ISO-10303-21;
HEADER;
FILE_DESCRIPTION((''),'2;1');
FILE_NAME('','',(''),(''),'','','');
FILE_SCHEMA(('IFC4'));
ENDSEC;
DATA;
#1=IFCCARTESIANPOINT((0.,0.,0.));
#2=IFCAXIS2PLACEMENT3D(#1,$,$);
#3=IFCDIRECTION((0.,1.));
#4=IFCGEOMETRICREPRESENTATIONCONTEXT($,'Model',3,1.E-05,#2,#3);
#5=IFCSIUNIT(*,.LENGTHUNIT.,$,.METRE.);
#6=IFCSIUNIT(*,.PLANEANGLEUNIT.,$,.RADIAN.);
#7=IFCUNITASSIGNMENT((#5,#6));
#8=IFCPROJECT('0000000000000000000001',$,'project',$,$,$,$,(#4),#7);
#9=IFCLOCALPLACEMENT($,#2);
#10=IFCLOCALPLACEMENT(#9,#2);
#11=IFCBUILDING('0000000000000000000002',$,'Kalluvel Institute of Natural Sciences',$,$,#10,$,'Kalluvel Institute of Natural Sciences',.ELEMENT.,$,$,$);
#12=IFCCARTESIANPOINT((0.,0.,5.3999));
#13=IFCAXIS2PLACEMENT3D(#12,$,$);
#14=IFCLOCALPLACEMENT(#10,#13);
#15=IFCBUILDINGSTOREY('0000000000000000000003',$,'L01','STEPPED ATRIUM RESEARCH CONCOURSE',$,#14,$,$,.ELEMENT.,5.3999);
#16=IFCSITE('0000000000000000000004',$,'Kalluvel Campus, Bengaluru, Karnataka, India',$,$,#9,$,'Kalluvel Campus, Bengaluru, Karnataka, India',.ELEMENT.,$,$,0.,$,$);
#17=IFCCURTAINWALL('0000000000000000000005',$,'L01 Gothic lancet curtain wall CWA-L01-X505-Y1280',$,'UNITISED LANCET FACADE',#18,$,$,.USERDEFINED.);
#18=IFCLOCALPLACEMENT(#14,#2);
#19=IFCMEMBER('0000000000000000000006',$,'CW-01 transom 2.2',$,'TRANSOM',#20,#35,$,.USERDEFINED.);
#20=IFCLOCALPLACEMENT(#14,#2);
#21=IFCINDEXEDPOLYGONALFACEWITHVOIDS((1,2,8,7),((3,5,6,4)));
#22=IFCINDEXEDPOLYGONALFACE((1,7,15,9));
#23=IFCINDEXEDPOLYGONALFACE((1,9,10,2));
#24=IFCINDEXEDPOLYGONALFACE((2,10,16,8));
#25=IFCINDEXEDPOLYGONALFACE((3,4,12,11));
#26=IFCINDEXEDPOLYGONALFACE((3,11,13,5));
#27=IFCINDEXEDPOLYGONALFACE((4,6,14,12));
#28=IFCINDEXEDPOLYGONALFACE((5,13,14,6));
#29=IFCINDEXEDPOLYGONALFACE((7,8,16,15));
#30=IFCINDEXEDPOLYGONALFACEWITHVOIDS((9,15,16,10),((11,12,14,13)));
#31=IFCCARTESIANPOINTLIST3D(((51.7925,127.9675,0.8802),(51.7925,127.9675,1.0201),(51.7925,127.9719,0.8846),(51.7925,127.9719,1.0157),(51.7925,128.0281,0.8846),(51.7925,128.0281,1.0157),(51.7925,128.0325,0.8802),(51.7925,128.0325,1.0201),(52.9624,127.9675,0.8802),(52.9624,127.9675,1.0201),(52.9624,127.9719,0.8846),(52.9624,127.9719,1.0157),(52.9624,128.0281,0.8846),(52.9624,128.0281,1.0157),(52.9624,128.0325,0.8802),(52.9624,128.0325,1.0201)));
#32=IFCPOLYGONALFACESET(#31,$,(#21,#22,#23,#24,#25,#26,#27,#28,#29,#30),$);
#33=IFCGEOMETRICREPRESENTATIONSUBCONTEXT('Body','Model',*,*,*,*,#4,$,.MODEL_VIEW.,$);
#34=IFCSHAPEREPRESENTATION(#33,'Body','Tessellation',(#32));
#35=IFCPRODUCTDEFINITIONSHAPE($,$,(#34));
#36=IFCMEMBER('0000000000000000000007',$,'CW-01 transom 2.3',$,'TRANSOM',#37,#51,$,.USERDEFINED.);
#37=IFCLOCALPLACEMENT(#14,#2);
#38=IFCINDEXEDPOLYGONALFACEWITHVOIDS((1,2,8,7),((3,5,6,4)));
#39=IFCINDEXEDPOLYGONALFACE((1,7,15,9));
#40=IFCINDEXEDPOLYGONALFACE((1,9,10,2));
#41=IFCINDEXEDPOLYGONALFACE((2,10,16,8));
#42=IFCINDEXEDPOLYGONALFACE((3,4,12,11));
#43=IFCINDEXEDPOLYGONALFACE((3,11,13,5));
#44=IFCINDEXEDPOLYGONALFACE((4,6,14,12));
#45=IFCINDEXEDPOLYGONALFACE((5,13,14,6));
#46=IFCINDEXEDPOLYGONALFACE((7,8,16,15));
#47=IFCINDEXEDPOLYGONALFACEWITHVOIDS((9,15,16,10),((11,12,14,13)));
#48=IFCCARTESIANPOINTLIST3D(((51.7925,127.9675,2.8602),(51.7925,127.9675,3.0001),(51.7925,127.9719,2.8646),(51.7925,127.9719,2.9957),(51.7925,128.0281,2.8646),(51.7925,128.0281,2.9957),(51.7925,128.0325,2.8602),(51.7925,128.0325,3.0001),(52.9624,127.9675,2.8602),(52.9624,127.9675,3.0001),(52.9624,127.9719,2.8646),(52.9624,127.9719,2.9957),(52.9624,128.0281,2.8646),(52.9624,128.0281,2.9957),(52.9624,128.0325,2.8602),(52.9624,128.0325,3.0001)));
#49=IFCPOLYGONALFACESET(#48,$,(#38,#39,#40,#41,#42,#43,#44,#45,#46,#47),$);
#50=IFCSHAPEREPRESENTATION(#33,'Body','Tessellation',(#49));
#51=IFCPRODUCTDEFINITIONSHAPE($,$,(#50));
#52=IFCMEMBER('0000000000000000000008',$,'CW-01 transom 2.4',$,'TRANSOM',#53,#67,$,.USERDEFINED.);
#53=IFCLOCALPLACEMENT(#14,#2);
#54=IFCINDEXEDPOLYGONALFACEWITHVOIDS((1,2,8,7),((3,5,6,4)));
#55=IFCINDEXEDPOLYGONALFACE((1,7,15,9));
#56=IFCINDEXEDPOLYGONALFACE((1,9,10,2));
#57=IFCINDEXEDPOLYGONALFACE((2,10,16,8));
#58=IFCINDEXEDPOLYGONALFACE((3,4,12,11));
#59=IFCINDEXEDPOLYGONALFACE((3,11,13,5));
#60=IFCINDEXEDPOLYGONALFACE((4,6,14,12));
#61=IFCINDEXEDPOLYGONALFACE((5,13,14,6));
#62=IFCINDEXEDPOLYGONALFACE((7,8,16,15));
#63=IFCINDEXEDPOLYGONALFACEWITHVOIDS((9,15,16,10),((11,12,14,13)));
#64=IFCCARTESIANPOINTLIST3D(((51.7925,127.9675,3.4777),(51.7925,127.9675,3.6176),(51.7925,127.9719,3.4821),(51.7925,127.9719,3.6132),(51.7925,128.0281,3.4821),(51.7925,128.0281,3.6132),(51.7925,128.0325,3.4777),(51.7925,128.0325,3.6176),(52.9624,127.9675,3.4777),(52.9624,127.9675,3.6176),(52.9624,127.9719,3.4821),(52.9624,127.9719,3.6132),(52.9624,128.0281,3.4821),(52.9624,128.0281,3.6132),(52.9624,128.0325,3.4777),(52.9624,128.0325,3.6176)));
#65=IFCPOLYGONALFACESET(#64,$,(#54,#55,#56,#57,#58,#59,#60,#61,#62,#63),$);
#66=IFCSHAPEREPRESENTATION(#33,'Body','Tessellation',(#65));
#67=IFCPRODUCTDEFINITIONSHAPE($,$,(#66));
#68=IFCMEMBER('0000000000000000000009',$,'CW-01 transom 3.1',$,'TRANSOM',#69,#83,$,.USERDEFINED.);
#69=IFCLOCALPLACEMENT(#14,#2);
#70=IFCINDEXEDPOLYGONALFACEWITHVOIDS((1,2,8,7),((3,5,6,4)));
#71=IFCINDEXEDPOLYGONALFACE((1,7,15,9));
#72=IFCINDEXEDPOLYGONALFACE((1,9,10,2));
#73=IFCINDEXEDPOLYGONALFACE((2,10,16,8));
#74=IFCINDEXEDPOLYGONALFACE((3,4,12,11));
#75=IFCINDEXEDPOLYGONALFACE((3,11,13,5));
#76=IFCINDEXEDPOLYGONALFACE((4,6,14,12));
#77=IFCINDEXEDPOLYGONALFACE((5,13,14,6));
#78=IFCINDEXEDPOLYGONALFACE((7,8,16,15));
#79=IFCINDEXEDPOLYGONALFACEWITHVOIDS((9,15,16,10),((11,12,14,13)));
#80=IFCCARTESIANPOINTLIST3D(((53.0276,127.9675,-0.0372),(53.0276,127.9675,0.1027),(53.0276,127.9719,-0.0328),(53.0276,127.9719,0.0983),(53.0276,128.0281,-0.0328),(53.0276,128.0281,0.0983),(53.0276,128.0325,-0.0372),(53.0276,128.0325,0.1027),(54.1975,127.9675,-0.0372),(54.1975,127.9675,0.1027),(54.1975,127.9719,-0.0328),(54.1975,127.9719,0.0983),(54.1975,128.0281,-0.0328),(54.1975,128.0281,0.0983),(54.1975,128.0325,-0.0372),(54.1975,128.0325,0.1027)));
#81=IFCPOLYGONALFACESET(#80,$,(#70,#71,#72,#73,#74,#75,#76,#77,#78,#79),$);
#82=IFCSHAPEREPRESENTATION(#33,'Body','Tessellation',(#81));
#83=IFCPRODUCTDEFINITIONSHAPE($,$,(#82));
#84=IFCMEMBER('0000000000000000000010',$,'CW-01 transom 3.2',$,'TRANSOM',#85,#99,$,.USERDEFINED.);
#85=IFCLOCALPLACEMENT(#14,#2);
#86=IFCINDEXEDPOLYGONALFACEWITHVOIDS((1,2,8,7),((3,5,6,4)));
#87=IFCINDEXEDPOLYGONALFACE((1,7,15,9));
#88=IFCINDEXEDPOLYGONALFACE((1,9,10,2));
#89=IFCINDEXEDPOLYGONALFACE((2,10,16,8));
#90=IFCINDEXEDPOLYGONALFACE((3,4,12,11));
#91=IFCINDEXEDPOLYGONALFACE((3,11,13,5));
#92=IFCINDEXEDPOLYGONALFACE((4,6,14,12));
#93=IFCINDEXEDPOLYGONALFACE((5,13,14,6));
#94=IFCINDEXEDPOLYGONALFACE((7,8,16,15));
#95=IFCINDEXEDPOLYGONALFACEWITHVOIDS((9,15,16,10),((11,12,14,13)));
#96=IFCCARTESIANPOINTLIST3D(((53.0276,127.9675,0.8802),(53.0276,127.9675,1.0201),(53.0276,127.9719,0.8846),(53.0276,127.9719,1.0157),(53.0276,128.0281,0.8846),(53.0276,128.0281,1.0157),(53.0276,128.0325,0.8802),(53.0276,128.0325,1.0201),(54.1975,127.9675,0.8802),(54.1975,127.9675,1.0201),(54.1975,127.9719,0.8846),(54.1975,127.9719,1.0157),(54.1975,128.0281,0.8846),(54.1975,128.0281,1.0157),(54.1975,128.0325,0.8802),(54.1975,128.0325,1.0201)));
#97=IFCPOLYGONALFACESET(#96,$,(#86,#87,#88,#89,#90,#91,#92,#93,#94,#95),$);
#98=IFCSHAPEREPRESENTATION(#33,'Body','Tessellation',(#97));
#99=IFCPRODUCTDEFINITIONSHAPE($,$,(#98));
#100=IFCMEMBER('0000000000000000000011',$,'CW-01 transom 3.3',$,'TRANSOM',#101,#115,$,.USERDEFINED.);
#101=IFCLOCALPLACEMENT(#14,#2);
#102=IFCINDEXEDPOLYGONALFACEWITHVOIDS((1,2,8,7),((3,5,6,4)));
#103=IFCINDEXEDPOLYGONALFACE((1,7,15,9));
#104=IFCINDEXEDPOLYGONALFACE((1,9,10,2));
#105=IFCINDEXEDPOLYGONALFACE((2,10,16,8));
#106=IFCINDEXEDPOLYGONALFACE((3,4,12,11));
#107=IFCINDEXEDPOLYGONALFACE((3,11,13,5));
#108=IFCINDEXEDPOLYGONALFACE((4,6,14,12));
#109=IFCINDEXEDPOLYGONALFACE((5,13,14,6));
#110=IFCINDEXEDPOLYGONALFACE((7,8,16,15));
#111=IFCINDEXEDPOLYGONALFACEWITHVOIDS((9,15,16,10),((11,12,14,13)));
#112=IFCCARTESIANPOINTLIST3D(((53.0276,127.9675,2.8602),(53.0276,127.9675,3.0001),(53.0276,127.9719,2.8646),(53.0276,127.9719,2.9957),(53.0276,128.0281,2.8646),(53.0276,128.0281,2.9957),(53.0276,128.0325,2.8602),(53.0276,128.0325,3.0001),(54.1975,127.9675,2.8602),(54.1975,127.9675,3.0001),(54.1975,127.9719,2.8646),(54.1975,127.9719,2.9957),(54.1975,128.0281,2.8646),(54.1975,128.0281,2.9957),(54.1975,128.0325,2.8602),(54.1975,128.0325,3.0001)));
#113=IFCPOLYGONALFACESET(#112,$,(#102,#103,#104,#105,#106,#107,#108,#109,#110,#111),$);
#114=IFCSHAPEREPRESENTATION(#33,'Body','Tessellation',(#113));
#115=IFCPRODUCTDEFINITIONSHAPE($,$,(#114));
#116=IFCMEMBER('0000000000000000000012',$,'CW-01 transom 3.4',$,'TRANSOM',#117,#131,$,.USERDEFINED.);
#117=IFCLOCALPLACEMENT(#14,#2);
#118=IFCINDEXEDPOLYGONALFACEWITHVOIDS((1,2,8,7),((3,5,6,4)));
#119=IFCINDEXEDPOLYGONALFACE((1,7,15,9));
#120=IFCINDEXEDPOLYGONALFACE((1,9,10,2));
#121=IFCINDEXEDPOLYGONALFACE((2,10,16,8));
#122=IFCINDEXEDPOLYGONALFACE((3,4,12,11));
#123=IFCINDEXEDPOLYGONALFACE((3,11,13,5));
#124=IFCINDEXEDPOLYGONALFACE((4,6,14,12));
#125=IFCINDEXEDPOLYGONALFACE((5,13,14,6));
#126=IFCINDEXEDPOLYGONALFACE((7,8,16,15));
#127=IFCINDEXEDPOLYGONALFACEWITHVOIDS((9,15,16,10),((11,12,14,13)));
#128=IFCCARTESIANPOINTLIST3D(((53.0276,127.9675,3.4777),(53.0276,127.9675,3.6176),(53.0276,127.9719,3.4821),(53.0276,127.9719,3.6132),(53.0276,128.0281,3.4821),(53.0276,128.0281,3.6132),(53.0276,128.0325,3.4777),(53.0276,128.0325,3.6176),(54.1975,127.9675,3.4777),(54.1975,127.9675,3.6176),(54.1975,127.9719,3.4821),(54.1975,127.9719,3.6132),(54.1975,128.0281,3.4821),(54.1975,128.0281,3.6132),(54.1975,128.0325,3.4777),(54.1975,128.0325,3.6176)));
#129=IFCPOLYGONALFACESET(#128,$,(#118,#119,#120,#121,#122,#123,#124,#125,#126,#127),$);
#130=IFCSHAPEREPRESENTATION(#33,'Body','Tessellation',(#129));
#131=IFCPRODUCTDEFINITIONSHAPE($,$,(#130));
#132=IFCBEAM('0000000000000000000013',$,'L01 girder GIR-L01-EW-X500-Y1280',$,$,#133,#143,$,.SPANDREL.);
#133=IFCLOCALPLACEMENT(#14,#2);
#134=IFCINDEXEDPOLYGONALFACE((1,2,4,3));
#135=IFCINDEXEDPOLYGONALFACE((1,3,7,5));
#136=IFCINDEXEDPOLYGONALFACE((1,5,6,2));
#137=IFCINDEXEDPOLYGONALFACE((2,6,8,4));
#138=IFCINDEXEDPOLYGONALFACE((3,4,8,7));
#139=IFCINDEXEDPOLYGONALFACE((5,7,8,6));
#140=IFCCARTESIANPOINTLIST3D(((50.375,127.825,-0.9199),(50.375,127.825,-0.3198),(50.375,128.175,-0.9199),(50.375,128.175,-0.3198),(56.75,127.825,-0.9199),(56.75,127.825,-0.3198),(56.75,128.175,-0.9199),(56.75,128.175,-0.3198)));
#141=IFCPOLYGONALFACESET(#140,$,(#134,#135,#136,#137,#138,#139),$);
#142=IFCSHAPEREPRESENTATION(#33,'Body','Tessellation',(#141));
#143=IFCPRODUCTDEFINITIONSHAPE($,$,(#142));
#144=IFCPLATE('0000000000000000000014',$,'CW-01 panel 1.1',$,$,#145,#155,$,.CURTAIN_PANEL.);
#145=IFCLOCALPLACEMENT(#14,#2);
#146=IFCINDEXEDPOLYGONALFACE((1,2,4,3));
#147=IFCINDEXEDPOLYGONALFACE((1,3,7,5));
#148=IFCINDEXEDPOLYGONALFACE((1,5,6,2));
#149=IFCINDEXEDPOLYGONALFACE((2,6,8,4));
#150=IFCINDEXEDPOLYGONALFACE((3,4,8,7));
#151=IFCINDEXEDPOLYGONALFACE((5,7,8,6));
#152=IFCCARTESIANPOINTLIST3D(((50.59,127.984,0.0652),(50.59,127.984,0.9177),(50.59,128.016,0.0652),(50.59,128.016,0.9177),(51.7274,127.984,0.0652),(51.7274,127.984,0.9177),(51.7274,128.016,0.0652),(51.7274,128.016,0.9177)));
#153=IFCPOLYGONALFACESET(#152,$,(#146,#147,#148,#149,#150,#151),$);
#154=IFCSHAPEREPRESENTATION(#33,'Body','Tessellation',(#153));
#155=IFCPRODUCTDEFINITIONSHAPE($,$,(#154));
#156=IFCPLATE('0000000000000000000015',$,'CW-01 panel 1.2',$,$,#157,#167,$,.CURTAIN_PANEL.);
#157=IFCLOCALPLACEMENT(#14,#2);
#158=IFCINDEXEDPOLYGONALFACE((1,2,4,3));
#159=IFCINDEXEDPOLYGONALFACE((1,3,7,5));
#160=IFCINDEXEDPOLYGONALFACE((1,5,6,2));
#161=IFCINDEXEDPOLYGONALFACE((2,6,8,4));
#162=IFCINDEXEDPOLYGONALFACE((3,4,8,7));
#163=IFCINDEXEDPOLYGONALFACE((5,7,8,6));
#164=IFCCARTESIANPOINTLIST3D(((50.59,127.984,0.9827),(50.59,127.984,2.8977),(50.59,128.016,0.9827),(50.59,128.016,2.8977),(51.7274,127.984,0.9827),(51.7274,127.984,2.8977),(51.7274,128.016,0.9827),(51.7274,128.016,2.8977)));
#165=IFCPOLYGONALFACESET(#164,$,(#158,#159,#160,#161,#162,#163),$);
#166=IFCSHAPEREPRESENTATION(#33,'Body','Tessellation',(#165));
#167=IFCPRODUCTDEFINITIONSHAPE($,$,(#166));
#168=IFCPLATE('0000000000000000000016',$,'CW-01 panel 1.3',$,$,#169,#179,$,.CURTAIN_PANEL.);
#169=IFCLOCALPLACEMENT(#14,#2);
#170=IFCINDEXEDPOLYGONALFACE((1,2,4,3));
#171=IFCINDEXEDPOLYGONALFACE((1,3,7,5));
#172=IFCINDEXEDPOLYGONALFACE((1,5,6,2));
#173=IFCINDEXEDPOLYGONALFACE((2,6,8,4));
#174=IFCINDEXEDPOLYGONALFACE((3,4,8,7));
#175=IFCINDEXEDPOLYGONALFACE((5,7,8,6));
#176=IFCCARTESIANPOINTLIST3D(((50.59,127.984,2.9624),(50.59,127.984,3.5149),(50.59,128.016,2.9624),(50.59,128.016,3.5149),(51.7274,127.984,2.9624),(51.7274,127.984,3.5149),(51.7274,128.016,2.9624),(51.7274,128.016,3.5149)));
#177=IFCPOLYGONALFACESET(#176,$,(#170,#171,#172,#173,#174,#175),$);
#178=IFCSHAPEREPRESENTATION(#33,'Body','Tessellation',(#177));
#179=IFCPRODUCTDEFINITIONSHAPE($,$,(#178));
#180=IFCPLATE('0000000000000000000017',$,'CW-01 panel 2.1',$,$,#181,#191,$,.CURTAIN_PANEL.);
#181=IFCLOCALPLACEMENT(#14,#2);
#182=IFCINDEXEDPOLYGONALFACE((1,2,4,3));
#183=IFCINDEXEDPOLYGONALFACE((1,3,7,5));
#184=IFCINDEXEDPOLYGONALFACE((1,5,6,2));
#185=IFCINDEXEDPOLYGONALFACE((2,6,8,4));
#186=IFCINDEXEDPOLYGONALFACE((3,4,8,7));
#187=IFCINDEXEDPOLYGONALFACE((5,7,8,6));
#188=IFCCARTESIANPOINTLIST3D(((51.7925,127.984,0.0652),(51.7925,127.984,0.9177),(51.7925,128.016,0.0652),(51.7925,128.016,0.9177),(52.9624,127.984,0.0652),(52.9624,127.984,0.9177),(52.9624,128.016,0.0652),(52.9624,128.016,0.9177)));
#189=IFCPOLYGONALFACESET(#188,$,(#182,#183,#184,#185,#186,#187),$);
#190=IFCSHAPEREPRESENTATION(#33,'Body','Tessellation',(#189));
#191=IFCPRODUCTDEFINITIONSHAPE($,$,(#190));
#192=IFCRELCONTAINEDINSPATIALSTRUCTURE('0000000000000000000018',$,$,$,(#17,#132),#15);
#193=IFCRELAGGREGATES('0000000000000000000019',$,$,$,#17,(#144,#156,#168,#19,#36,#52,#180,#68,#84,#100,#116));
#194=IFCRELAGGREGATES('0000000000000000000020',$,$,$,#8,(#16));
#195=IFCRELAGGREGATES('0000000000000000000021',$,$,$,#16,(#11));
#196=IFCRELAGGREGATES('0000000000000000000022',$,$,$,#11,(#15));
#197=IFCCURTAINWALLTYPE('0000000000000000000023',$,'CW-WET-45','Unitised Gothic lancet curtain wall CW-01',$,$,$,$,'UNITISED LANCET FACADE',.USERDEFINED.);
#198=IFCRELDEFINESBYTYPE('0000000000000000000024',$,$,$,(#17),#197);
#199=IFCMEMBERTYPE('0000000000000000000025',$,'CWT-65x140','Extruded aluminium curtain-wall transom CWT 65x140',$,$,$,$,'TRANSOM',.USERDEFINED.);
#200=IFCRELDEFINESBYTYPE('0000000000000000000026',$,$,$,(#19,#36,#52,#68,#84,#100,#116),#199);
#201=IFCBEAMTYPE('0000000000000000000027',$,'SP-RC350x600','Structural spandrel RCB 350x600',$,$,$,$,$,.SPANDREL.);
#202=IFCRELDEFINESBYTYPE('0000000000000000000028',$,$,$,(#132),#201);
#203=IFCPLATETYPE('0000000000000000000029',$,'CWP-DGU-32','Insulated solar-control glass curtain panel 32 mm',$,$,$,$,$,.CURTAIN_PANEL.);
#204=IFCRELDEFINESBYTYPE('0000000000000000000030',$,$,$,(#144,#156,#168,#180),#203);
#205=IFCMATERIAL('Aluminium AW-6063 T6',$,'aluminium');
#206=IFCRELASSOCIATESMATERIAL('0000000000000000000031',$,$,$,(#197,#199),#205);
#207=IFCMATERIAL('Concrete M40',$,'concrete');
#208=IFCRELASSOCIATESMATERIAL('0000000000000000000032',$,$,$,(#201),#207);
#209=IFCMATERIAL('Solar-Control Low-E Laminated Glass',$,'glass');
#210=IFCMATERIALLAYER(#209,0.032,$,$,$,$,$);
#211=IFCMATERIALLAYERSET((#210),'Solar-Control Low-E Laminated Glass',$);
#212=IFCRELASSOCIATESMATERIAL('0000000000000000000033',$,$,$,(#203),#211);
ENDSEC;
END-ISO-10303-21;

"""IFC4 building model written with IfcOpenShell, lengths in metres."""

from ifc_helpers import new_model, si_unit, direction, frame, origin, origin_2d, place, context, subcontext, project, spatial, rectangle, hollow_rectangle, extrude, material, layer, layer_set, material_profile, profile_set, type_object, element, aggregate, save


model = new_model("IFC4")

# Units and contexts
model_context = context("Model", 3, precision=1e-05, world=origin(), true_north=direction((0.0, 1.0)))
body_context = subcontext(model_context, "Body", "Model", "MODEL_VIEW")
ifc_project = project(units=[si_unit("LENGTHUNIT", "METRE"), si_unit("PLANEANGLEUNIT", "RADIAN")], contexts=[model_context])

# Site, building, storey
site_placement = place(None, origin())
site = spatial("IfcSite", under=ifc_project, at=site_placement, Name="Kalluvel Campus, Bengaluru, Karnataka, India", LongName="Kalluvel Campus, Bengaluru, Karnataka, India", CompositionType="ELEMENT", RefElevation=0.0)
building_placement = place(site_placement, origin())
building = spatial("IfcBuilding", under=site, at=building_placement, Name="Kalluvel Institute of Natural Sciences", LongName="Kalluvel Institute of Natural Sciences", CompositionType="ELEMENT")
storey_placement = place(building_placement, frame((0.0, 0.0, 5.3999)))
storey = spatial("IfcBuildingStorey", under=building, at=storey_placement, Name="L01", Description="STEPPED ATRIUM RESEARCH CONCOURSE", CompositionType="ELEMENT", Elevation=5.3999)

# Shared definitions
ifc_material_1 = material(Name="Aluminium AW-6063 T6", Category="aluminium")
curtain_wall_type = type_object("IfcCurtainWallType", Name="CW-WET-45", Description="Unitised Gothic lancet curtain wall CW-01", ElementType="UNITISED LANCET FACADE", PredefinedType="USERDEFINED", material=ifc_material_1)

# Curtain wall, members
curtain_wall_1_placement = place(storey_placement, origin())
curtain_wall_1 = element("IfcCurtainWall", 1, at=curtain_wall_1_placement, inside=storey, type_object=curtain_wall_type, Name="L01 Gothic lancet curtain wall CWA-L01-X505-Y1280", ObjectType="UNITISED LANCET FACADE", PredefinedType="USERDEFINED")
ifc_material_profile_1 = material_profile(ifc_material_1, hollow_rectangle(XDim=0.0649, YDim=0.1399, WallThickness=0.0044, at=origin_2d()), Name="CWT 65x140")
ifc_profile_set_1 = profile_set([ifc_material_profile_1], Name="Aluminium AW-6063 T6")
member_type_1 = type_object("IfcMemberType", Name="CWT-65x140", Description="Extruded aluminium curtain-wall transom CWT 65x140", ElementType="TRANSOM", PredefinedType="USERDEFINED", material=ifc_profile_set_1)
member_1_placement = place(storey_placement, frame((51.7925, 128.0, 0.9502), z_axis=(1.0, 0.0, 0.0), x_axis=(0.0, 1.0, 0.0)))
member_1 = element("IfcMember", 2, at=member_1_placement, type_object=member_type_1, Name="CW-01 transom 2.2", ObjectType="TRANSOM", PredefinedType="USERDEFINED", context=body_context, shape_type="SweptSolid", body=[
    extrude(hollow_rectangle(XDim=0.0649, YDim=0.1399, WallThickness=0.0044, at=origin_2d()), origin(), (0.0, 0.0, 1.0), 1.1699),
])
member_2_placement = place(storey_placement, frame((51.7925, 128.0, 2.9302), z_axis=(1.0, 0.0, 0.0), x_axis=(0.0, 1.0, 0.0)))
member_2 = element("IfcMember", 3, at=member_2_placement, type_object=member_type_1, Name="CW-01 transom 2.3", ObjectType="TRANSOM", PredefinedType="USERDEFINED", context=body_context, shape_type="SweptSolid", body=[
    extrude(hollow_rectangle(XDim=0.0649, YDim=0.1399, WallThickness=0.0044, at=origin_2d()), origin(), (0.0, 0.0, 1.0), 1.1699),
])
member_3_placement = place(storey_placement, frame((51.7925, 128.0, 3.5476), z_axis=(1.0, 0.0, 0.0), x_axis=(0.0, 1.0, 0.0)))
member_3 = element("IfcMember", 4, at=member_3_placement, type_object=member_type_1, Name="CW-01 transom 2.4", ObjectType="TRANSOM", PredefinedType="USERDEFINED", context=body_context, shape_type="SweptSolid", body=[
    extrude(hollow_rectangle(XDim=0.0649, YDim=0.1399, WallThickness=0.0044, at=origin_2d()), origin(), (0.0, 0.0, 1.0), 1.1699),
])
member_4_placement = place(storey_placement, frame((53.0276, 128.0, 0.0327), z_axis=(1.0, 0.0, 0.0), x_axis=(0.0, 1.0, 0.0)))
member_4 = element("IfcMember", 5, at=member_4_placement, type_object=member_type_1, Name="CW-01 transom 3.1", ObjectType="TRANSOM", PredefinedType="USERDEFINED", context=body_context, shape_type="SweptSolid", body=[
    extrude(hollow_rectangle(XDim=0.0649, YDim=0.1399, WallThickness=0.0044, at=origin_2d()), origin(), (0.0, 0.0, 1.0), 1.1699),
])
member_5_placement = place(storey_placement, frame((53.0276, 128.0, 0.9502), z_axis=(1.0, 0.0, 0.0), x_axis=(0.0, 1.0, 0.0)))
member_5 = element("IfcMember", 6, at=member_5_placement, type_object=member_type_1, Name="CW-01 transom 3.2", ObjectType="TRANSOM", PredefinedType="USERDEFINED", context=body_context, shape_type="SweptSolid", body=[
    extrude(hollow_rectangle(XDim=0.0649, YDim=0.1399, WallThickness=0.0044, at=origin_2d()), origin(), (0.0, 0.0, 1.0), 1.1699),
])
member_6_placement = place(storey_placement, frame((53.0276, 128.0, 2.9302), z_axis=(1.0, 0.0, 0.0), x_axis=(0.0, 1.0, 0.0)))
member_6 = element("IfcMember", 7, at=member_6_placement, type_object=member_type_1, Name="CW-01 transom 3.3", ObjectType="TRANSOM", PredefinedType="USERDEFINED", context=body_context, shape_type="SweptSolid", body=[
    extrude(hollow_rectangle(XDim=0.0649, YDim=0.1399, WallThickness=0.0044, at=origin_2d()), origin(), (0.0, 0.0, 1.0), 1.1699),
])
member_7_placement = place(storey_placement, frame((53.0276, 128.0, 3.5476), z_axis=(1.0, 0.0, 0.0), x_axis=(0.0, 1.0, 0.0)))
member_7 = element("IfcMember", 8, at=member_7_placement, type_object=member_type_1, Name="CW-01 transom 3.4", ObjectType="TRANSOM", PredefinedType="USERDEFINED", context=body_context, shape_type="SweptSolid", body=[
    extrude(hollow_rectangle(XDim=0.0649, YDim=0.1399, WallThickness=0.0044, at=origin_2d()), origin(), (0.0, 0.0, 1.0), 1.1699),
])

# Beam
ifc_material_2 = material(Name="Concrete M40", Category="concrete")
ifc_material_profile_2 = material_profile(ifc_material_2, rectangle(XDim=0.3501, YDim=0.6001, at=origin_2d()), Name="RCB 350x600")
ifc_profile_set_2 = profile_set([ifc_material_profile_2], Name="Concrete M40")
beam_type = type_object("IfcBeamType", Name="SP-RC350x600", Description="Structural spandrel RCB 350x600", PredefinedType="SPANDREL", material=ifc_profile_set_2)
beam_placement = place(storey_placement, frame((50.375, 128.0, -0.6199), z_axis=(1.0, 0.0, 0.0), x_axis=(0.0, 1.0, 0.0)))
element("IfcBeam", 9, at=beam_placement, inside=storey, type_object=beam_type, Name="L01 girder GIR-L01-EW-X500-Y1280", PredefinedType="SPANDREL", context=body_context, shape_type="SweptSolid", body=[
    extrude(rectangle(XDim=0.3501, YDim=0.6001, at=origin_2d()), origin(), (0.0, 0.0, 1.0), 6.375),
])

# Plates
ifc_material_3 = material(Name="Solar-Control Low-E Laminated Glass", Category="glass")
ifc_layer = layer(ifc_material_3, 0.032)
ifc_layer_set = layer_set([ifc_layer], Name="Solar-Control Low-E Laminated Glass")
plate_type = type_object("IfcPlateType", Name="CWP-DGU-32", Description="Insulated solar-control glass curtain panel 32 mm", PredefinedType="CURTAIN_PANEL", material=ifc_layer_set)
plate_1_placement = place(storey_placement, frame((51.1587, 128.0, 0.0652), z_axis=(0.0, 0.0, 1.0), x_axis=(1.0, 0.0, 0.0)))
plate_1 = element("IfcPlate", 10, at=plate_1_placement, type_object=plate_type, Name="CW-01 panel 1.1", PredefinedType="CURTAIN_PANEL", context=body_context, shape_type="SweptSolid", body=[
    extrude(rectangle(XDim=1.1375, YDim=0.032, at=origin_2d()), origin(), (0.0, 0.0, 1.0), 0.8525),
])
plate_2_placement = place(storey_placement, frame((51.1587, 128.0, 0.9827), z_axis=(0.0, 0.0, 1.0), x_axis=(1.0, 0.0, 0.0)))
plate_2 = element("IfcPlate", 11, at=plate_2_placement, type_object=plate_type, Name="CW-01 panel 1.2", PredefinedType="CURTAIN_PANEL", context=body_context, shape_type="SweptSolid", body=[
    extrude(rectangle(XDim=1.1375, YDim=0.032, at=origin_2d()), origin(), (0.0, 0.0, 1.0), 1.915),
])
plate_3_placement = place(storey_placement, frame((51.1587, 128.0, 2.9624), z_axis=(0.0, 0.0, 1.0), x_axis=(1.0, 0.0, 0.0)))
plate_3 = element("IfcPlate", 12, at=plate_3_placement, type_object=plate_type, Name="CW-01 panel 1.3", PredefinedType="CURTAIN_PANEL", context=body_context, shape_type="SweptSolid", body=[
    extrude(rectangle(XDim=1.1375, YDim=0.032, at=origin_2d()), origin(), (0.0, 0.0, 1.0), 0.5525),
])
plate_4_placement = place(storey_placement, frame((52.3774, 128.0, 0.0652), z_axis=(0.0, 0.0, 1.0), x_axis=(1.0, 0.0, 0.0)))
plate_4 = element("IfcPlate", 13, at=plate_4_placement, type_object=plate_type, Name="CW-01 panel 2.1", PredefinedType="CURTAIN_PANEL", context=body_context, shape_type="SweptSolid", body=[
    extrude(rectangle(XDim=1.1699, YDim=0.032, at=origin_2d()), origin(), (0.0, 0.0, 1.0), 0.8525),
])
aggregate(curtain_wall_1, [plate_1, plate_2, plate_3, member_1, member_2, member_3, plate_4, member_4, member_5, member_6, member_7])

save(model, "model.ifc")
